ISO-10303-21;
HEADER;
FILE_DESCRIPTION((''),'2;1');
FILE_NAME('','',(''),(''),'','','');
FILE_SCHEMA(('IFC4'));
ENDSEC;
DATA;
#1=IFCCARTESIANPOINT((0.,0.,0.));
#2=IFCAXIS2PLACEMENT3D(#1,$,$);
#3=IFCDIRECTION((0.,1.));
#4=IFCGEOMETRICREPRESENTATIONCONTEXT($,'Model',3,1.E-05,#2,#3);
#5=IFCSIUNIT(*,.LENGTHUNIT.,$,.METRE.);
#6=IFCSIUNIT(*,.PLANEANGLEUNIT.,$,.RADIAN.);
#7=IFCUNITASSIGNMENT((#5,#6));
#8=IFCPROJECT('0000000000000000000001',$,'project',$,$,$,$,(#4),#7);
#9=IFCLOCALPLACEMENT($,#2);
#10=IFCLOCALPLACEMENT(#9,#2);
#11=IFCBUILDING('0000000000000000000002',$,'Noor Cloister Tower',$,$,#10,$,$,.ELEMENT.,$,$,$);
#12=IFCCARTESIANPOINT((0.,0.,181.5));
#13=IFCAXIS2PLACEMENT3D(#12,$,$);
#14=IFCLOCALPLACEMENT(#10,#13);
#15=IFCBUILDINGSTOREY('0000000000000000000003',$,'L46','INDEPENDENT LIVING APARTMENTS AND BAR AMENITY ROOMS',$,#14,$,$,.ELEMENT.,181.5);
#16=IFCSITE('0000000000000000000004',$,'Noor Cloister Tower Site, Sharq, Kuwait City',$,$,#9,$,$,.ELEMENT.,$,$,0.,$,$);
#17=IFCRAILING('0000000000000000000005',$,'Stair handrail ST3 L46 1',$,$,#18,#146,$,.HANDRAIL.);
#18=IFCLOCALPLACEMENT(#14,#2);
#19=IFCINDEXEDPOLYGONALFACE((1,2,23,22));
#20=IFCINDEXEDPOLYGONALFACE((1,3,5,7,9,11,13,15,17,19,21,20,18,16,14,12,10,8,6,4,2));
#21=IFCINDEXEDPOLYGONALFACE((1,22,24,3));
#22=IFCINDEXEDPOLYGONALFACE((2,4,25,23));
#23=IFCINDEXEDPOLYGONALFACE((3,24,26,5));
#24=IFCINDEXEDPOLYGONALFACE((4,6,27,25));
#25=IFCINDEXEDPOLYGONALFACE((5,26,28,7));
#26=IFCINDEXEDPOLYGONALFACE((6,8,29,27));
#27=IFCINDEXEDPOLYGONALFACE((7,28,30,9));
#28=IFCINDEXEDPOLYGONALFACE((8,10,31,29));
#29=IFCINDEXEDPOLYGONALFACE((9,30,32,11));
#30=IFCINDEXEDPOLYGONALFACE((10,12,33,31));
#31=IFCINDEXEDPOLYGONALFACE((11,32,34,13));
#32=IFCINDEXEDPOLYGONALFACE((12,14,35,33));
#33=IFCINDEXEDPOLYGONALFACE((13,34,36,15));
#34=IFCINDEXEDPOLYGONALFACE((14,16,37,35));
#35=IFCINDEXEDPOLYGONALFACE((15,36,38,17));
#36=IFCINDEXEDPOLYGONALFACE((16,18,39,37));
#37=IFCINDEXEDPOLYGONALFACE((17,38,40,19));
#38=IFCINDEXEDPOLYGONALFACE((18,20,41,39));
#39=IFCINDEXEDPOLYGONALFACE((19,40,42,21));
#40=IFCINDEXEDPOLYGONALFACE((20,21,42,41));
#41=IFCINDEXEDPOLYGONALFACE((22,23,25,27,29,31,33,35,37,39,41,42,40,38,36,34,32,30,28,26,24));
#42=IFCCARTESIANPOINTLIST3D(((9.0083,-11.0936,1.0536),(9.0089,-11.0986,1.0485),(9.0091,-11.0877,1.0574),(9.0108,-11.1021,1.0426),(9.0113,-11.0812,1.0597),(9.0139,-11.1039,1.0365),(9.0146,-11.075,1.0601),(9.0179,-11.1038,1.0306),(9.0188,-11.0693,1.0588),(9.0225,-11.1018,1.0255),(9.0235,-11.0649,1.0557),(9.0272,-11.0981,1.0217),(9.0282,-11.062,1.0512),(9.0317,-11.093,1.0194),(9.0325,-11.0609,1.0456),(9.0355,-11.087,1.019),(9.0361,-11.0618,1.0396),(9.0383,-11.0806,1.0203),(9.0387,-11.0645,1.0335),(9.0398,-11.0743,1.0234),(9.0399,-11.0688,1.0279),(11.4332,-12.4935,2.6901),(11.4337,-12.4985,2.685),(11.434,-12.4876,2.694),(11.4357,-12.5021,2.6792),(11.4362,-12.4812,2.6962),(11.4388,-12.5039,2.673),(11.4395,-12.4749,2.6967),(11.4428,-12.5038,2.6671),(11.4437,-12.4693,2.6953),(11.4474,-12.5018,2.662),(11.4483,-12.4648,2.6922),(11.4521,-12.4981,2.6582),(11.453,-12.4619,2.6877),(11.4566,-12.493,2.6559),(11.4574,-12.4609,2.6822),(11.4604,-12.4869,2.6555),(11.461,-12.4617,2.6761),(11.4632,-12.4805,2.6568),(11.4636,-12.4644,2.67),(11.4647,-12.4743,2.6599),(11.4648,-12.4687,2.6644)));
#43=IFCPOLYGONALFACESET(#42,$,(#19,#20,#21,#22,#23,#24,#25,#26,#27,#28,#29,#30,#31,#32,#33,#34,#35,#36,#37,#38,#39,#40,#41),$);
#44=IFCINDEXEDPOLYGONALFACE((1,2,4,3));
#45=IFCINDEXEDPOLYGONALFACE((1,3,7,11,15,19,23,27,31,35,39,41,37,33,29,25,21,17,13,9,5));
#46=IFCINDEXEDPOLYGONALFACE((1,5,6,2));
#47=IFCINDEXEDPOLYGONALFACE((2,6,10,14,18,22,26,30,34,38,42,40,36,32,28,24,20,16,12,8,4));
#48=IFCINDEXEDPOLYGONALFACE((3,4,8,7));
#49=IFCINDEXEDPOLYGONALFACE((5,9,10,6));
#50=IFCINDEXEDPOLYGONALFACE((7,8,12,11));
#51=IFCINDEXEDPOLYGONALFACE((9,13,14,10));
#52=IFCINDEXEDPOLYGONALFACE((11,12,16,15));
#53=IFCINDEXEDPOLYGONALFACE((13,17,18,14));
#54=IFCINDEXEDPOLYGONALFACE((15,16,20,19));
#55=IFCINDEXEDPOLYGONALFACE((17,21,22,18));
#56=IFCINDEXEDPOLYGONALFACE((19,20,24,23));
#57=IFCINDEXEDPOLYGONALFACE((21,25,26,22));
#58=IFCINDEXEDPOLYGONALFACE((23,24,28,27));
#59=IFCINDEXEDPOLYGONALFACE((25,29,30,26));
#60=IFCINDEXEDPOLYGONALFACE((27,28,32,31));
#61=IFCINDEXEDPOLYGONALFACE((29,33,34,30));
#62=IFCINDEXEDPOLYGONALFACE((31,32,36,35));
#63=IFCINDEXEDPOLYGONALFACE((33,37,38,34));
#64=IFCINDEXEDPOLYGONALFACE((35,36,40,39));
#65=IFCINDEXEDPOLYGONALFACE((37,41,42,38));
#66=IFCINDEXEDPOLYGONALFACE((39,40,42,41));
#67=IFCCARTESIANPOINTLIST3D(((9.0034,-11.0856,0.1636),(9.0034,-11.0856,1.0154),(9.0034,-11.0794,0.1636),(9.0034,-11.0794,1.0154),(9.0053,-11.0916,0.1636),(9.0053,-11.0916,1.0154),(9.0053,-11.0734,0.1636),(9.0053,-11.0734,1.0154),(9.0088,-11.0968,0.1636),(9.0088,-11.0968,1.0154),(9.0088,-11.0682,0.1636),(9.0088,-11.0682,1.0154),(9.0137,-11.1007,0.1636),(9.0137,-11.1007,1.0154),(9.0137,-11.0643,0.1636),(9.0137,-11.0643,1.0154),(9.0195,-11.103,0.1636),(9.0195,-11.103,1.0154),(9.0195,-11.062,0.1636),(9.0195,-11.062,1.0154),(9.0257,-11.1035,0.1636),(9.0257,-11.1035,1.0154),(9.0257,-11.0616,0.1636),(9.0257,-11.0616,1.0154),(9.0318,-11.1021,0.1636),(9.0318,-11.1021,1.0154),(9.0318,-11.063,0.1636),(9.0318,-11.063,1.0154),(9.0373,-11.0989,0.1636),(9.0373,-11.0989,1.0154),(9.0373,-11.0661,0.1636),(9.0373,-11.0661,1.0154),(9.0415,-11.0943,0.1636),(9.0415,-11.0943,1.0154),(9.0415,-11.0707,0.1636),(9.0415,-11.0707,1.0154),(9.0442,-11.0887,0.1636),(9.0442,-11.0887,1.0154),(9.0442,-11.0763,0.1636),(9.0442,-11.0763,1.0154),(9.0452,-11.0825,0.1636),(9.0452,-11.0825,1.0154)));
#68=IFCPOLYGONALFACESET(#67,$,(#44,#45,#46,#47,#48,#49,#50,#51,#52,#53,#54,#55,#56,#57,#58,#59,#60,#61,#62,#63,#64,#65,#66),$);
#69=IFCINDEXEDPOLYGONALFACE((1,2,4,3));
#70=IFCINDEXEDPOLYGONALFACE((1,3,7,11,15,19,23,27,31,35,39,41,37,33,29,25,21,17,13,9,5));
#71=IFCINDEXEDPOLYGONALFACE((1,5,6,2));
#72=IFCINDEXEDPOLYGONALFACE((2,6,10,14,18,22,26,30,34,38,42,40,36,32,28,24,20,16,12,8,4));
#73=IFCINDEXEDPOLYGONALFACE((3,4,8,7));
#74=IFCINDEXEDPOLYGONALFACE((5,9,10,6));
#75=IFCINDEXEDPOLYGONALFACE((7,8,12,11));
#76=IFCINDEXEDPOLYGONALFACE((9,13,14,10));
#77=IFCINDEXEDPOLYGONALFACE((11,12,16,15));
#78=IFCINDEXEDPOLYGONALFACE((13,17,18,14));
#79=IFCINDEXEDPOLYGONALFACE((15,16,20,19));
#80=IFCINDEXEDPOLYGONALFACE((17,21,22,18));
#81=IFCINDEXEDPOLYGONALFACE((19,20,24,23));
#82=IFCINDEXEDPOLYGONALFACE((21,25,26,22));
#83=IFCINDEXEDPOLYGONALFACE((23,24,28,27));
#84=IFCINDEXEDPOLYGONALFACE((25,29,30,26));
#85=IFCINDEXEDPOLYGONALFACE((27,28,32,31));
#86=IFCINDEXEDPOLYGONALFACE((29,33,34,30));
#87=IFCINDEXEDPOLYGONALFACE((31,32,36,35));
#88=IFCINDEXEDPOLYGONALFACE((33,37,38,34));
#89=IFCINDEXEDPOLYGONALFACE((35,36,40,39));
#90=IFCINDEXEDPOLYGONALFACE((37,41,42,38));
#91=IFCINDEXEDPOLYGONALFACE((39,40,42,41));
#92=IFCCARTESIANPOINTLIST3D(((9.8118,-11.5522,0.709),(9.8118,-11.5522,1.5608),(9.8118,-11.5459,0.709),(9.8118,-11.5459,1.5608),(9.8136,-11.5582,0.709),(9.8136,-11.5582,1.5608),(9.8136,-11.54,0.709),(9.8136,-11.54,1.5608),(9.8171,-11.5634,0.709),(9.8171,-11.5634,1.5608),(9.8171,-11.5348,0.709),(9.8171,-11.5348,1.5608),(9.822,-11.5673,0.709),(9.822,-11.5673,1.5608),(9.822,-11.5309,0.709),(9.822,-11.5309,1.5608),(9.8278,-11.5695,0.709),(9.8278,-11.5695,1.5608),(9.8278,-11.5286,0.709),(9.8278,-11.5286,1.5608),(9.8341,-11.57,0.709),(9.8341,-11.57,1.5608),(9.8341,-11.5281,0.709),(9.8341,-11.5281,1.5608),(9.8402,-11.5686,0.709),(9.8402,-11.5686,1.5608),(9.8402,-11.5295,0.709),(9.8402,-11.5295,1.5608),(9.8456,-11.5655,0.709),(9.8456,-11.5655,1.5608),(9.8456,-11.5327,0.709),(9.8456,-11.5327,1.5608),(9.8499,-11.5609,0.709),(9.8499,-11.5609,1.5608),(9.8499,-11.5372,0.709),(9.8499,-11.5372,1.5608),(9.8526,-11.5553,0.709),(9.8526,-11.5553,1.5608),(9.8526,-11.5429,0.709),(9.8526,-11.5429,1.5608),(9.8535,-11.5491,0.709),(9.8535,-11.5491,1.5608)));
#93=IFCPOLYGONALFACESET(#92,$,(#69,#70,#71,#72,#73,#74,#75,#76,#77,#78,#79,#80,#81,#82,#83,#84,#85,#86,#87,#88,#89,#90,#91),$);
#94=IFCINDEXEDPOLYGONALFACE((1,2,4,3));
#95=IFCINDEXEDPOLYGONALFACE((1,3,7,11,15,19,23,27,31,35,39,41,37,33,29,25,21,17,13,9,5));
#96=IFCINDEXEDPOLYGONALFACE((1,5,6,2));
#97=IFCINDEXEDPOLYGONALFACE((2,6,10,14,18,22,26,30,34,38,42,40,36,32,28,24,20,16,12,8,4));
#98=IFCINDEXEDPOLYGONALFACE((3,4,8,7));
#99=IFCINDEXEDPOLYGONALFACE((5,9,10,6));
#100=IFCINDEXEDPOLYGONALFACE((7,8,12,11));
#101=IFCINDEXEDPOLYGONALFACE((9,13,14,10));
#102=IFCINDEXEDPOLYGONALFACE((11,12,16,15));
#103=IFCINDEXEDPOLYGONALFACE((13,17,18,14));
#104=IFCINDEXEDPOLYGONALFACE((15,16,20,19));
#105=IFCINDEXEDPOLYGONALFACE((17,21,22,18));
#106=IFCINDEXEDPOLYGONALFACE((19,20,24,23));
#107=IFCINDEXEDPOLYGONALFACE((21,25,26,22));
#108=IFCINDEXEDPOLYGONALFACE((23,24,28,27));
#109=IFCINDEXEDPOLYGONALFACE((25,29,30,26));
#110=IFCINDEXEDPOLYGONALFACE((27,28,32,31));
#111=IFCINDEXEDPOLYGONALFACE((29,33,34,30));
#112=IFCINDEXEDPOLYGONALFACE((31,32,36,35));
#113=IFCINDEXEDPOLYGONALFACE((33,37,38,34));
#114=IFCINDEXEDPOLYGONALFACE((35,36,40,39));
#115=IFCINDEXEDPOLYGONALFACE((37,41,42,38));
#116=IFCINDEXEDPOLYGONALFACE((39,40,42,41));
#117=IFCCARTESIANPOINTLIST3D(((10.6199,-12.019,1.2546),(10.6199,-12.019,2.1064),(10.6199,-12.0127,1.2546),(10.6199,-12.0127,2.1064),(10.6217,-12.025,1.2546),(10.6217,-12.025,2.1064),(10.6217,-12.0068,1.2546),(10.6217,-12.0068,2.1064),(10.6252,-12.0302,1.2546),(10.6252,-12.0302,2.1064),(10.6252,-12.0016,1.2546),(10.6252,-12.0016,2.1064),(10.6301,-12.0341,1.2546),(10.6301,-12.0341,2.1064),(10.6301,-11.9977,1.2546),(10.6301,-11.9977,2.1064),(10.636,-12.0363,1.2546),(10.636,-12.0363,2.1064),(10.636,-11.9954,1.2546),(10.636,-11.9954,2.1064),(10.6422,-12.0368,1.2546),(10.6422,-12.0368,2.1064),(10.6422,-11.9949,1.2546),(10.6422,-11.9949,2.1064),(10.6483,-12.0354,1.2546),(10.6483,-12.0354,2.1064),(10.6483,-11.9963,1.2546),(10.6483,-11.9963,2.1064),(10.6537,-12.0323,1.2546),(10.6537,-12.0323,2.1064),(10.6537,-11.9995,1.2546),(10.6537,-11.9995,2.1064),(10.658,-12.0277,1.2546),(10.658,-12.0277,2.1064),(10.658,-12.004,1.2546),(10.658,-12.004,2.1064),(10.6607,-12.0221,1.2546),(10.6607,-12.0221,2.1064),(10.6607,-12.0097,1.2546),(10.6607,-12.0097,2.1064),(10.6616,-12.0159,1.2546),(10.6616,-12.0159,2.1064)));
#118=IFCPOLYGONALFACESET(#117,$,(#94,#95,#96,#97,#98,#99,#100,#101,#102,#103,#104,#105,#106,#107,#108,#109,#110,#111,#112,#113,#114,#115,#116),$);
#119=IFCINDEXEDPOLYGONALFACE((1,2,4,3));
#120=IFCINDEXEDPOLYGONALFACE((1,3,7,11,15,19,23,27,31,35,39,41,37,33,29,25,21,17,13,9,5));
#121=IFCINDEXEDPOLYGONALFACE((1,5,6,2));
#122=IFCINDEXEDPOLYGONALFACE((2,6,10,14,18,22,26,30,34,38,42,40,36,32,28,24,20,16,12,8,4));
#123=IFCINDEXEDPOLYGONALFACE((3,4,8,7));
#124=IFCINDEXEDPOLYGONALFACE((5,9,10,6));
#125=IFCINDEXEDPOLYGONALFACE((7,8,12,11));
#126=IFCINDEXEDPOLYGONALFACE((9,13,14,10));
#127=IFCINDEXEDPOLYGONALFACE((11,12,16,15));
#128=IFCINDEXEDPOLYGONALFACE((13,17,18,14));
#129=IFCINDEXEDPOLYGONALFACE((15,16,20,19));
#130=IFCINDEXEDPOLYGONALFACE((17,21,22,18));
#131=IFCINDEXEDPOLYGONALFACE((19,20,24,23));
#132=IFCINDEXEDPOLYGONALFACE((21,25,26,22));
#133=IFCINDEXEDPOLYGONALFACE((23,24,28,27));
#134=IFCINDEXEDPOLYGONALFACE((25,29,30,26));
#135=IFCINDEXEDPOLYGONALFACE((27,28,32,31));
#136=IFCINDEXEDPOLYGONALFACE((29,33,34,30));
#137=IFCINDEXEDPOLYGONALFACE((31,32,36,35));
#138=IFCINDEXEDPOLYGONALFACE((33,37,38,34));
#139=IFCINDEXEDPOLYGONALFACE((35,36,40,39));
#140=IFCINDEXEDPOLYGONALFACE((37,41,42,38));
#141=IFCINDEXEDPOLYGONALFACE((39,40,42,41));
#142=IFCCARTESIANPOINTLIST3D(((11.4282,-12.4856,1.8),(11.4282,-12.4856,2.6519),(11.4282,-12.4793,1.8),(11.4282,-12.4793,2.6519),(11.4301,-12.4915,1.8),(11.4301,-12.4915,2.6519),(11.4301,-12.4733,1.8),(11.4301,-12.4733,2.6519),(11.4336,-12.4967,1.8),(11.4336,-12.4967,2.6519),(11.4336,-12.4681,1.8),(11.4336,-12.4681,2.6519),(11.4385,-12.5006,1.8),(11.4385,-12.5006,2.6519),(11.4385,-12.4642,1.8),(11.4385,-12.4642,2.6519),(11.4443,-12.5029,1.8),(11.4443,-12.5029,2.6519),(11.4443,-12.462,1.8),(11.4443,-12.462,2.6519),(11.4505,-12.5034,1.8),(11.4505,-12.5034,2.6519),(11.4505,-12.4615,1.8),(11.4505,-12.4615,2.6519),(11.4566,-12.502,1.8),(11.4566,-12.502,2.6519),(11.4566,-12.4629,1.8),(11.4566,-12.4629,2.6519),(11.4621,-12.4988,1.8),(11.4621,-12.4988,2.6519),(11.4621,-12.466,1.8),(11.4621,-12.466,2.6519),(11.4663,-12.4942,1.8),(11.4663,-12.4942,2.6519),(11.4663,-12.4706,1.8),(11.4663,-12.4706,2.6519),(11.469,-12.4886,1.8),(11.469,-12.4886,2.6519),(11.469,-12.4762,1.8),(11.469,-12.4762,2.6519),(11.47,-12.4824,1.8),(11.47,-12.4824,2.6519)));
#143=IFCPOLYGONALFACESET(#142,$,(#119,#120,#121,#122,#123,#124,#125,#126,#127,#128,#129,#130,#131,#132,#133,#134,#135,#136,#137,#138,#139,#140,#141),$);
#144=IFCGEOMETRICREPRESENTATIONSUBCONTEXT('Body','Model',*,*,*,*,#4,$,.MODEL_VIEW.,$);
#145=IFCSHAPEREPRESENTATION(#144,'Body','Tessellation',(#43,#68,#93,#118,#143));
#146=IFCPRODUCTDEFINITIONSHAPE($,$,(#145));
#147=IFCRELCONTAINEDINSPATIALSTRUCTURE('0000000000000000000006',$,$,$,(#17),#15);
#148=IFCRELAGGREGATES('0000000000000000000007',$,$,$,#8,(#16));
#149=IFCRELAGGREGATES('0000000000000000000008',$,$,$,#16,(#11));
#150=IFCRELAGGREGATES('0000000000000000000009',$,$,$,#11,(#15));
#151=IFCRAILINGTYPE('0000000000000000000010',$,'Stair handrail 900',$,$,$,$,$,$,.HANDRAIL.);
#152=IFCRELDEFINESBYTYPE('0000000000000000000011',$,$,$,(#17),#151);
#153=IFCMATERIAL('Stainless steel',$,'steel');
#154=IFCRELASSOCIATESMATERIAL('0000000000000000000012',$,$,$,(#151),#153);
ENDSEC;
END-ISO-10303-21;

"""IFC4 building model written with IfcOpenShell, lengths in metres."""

from ifc_helpers import new_model, si_unit, direction, frame, origin, origin_2d, place, context, subcontext, project, spatial, circle, extrude, material, type_object, element, save


model = new_model("IFC4")

# Units and contexts
model_context = context("Model", 3, precision=1e-05, world=origin(), true_north=direction((0.0, 1.0)))
body_context = subcontext(model_context, "Body", "Model", "MODEL_VIEW")
ifc_project = project(units=[si_unit("LENGTHUNIT", "METRE"), si_unit("PLANEANGLEUNIT", "RADIAN")], contexts=[model_context])

# Site, building, storey
site_placement = place(None, origin())
site = spatial("IfcSite", under=ifc_project, at=site_placement, Name="Noor Cloister Tower Site, Sharq, Kuwait City", CompositionType="ELEMENT", RefElevation=0.0)
building_placement = place(site_placement, origin())
building = spatial("IfcBuilding", under=site, at=building_placement, Name="Noor Cloister Tower", CompositionType="ELEMENT")
storey_placement = place(building_placement, frame((0.0, 0.0, 181.5)))
storey = spatial("IfcBuildingStorey", under=building, at=storey_placement, Name="L46", Description="INDEPENDENT LIVING APARTMENTS AND BAR AMENITY ROOMS", CompositionType="ELEMENT", Elevation=181.5)

# Railing
ifc_material_1 = material(Name="Stainless steel", Category="steel")
railing_type_1 = type_object("IfcRailingType", Name="Stair handrail 900", PredefinedType="HANDRAIL", material=ifc_material_1)
railing_1_placement = place(storey_placement, frame((9.0242, -11.0825, 0.1636)))
element("IfcRailing", 1, at=railing_1_placement, inside=storey, type_object=railing_type_1, Name="Stair handrail ST3 L46 1", PredefinedType="HANDRAIL", context=body_context, shape_type="SweptSolid", body=[
    extrude(circle(Radius=0.0239, at=origin_2d()), frame((0.0, 0.0, 0.876), z_axis=(0.74769, -0.431661, 0.504608), x_axis=(0.499984, 0.866035, 0.0)), (0.0, 0.0, 1.0), 3.2432),
    extrude(circle(Radius=0.021, at=origin_2d()), origin(), (0.0, 0.0, 1.0), 0.8518),
    extrude(circle(Radius=0.021, at=origin_2d()), frame((0.8083, -0.4666, 0.5454)), (0.0, 0.0, 1.0), 0.8518),
    extrude(circle(Radius=0.021, at=origin_2d()), frame((1.6165, -0.9333, 1.0911)), (0.0, 0.0, 1.0), 0.8518),
    extrude(circle(Radius=0.021, at=origin_2d()), frame((2.4248, -1.3999, 1.6365)), (0.0, 0.0, 1.0), 0.8518),
])

save(model, "model.ifc")
